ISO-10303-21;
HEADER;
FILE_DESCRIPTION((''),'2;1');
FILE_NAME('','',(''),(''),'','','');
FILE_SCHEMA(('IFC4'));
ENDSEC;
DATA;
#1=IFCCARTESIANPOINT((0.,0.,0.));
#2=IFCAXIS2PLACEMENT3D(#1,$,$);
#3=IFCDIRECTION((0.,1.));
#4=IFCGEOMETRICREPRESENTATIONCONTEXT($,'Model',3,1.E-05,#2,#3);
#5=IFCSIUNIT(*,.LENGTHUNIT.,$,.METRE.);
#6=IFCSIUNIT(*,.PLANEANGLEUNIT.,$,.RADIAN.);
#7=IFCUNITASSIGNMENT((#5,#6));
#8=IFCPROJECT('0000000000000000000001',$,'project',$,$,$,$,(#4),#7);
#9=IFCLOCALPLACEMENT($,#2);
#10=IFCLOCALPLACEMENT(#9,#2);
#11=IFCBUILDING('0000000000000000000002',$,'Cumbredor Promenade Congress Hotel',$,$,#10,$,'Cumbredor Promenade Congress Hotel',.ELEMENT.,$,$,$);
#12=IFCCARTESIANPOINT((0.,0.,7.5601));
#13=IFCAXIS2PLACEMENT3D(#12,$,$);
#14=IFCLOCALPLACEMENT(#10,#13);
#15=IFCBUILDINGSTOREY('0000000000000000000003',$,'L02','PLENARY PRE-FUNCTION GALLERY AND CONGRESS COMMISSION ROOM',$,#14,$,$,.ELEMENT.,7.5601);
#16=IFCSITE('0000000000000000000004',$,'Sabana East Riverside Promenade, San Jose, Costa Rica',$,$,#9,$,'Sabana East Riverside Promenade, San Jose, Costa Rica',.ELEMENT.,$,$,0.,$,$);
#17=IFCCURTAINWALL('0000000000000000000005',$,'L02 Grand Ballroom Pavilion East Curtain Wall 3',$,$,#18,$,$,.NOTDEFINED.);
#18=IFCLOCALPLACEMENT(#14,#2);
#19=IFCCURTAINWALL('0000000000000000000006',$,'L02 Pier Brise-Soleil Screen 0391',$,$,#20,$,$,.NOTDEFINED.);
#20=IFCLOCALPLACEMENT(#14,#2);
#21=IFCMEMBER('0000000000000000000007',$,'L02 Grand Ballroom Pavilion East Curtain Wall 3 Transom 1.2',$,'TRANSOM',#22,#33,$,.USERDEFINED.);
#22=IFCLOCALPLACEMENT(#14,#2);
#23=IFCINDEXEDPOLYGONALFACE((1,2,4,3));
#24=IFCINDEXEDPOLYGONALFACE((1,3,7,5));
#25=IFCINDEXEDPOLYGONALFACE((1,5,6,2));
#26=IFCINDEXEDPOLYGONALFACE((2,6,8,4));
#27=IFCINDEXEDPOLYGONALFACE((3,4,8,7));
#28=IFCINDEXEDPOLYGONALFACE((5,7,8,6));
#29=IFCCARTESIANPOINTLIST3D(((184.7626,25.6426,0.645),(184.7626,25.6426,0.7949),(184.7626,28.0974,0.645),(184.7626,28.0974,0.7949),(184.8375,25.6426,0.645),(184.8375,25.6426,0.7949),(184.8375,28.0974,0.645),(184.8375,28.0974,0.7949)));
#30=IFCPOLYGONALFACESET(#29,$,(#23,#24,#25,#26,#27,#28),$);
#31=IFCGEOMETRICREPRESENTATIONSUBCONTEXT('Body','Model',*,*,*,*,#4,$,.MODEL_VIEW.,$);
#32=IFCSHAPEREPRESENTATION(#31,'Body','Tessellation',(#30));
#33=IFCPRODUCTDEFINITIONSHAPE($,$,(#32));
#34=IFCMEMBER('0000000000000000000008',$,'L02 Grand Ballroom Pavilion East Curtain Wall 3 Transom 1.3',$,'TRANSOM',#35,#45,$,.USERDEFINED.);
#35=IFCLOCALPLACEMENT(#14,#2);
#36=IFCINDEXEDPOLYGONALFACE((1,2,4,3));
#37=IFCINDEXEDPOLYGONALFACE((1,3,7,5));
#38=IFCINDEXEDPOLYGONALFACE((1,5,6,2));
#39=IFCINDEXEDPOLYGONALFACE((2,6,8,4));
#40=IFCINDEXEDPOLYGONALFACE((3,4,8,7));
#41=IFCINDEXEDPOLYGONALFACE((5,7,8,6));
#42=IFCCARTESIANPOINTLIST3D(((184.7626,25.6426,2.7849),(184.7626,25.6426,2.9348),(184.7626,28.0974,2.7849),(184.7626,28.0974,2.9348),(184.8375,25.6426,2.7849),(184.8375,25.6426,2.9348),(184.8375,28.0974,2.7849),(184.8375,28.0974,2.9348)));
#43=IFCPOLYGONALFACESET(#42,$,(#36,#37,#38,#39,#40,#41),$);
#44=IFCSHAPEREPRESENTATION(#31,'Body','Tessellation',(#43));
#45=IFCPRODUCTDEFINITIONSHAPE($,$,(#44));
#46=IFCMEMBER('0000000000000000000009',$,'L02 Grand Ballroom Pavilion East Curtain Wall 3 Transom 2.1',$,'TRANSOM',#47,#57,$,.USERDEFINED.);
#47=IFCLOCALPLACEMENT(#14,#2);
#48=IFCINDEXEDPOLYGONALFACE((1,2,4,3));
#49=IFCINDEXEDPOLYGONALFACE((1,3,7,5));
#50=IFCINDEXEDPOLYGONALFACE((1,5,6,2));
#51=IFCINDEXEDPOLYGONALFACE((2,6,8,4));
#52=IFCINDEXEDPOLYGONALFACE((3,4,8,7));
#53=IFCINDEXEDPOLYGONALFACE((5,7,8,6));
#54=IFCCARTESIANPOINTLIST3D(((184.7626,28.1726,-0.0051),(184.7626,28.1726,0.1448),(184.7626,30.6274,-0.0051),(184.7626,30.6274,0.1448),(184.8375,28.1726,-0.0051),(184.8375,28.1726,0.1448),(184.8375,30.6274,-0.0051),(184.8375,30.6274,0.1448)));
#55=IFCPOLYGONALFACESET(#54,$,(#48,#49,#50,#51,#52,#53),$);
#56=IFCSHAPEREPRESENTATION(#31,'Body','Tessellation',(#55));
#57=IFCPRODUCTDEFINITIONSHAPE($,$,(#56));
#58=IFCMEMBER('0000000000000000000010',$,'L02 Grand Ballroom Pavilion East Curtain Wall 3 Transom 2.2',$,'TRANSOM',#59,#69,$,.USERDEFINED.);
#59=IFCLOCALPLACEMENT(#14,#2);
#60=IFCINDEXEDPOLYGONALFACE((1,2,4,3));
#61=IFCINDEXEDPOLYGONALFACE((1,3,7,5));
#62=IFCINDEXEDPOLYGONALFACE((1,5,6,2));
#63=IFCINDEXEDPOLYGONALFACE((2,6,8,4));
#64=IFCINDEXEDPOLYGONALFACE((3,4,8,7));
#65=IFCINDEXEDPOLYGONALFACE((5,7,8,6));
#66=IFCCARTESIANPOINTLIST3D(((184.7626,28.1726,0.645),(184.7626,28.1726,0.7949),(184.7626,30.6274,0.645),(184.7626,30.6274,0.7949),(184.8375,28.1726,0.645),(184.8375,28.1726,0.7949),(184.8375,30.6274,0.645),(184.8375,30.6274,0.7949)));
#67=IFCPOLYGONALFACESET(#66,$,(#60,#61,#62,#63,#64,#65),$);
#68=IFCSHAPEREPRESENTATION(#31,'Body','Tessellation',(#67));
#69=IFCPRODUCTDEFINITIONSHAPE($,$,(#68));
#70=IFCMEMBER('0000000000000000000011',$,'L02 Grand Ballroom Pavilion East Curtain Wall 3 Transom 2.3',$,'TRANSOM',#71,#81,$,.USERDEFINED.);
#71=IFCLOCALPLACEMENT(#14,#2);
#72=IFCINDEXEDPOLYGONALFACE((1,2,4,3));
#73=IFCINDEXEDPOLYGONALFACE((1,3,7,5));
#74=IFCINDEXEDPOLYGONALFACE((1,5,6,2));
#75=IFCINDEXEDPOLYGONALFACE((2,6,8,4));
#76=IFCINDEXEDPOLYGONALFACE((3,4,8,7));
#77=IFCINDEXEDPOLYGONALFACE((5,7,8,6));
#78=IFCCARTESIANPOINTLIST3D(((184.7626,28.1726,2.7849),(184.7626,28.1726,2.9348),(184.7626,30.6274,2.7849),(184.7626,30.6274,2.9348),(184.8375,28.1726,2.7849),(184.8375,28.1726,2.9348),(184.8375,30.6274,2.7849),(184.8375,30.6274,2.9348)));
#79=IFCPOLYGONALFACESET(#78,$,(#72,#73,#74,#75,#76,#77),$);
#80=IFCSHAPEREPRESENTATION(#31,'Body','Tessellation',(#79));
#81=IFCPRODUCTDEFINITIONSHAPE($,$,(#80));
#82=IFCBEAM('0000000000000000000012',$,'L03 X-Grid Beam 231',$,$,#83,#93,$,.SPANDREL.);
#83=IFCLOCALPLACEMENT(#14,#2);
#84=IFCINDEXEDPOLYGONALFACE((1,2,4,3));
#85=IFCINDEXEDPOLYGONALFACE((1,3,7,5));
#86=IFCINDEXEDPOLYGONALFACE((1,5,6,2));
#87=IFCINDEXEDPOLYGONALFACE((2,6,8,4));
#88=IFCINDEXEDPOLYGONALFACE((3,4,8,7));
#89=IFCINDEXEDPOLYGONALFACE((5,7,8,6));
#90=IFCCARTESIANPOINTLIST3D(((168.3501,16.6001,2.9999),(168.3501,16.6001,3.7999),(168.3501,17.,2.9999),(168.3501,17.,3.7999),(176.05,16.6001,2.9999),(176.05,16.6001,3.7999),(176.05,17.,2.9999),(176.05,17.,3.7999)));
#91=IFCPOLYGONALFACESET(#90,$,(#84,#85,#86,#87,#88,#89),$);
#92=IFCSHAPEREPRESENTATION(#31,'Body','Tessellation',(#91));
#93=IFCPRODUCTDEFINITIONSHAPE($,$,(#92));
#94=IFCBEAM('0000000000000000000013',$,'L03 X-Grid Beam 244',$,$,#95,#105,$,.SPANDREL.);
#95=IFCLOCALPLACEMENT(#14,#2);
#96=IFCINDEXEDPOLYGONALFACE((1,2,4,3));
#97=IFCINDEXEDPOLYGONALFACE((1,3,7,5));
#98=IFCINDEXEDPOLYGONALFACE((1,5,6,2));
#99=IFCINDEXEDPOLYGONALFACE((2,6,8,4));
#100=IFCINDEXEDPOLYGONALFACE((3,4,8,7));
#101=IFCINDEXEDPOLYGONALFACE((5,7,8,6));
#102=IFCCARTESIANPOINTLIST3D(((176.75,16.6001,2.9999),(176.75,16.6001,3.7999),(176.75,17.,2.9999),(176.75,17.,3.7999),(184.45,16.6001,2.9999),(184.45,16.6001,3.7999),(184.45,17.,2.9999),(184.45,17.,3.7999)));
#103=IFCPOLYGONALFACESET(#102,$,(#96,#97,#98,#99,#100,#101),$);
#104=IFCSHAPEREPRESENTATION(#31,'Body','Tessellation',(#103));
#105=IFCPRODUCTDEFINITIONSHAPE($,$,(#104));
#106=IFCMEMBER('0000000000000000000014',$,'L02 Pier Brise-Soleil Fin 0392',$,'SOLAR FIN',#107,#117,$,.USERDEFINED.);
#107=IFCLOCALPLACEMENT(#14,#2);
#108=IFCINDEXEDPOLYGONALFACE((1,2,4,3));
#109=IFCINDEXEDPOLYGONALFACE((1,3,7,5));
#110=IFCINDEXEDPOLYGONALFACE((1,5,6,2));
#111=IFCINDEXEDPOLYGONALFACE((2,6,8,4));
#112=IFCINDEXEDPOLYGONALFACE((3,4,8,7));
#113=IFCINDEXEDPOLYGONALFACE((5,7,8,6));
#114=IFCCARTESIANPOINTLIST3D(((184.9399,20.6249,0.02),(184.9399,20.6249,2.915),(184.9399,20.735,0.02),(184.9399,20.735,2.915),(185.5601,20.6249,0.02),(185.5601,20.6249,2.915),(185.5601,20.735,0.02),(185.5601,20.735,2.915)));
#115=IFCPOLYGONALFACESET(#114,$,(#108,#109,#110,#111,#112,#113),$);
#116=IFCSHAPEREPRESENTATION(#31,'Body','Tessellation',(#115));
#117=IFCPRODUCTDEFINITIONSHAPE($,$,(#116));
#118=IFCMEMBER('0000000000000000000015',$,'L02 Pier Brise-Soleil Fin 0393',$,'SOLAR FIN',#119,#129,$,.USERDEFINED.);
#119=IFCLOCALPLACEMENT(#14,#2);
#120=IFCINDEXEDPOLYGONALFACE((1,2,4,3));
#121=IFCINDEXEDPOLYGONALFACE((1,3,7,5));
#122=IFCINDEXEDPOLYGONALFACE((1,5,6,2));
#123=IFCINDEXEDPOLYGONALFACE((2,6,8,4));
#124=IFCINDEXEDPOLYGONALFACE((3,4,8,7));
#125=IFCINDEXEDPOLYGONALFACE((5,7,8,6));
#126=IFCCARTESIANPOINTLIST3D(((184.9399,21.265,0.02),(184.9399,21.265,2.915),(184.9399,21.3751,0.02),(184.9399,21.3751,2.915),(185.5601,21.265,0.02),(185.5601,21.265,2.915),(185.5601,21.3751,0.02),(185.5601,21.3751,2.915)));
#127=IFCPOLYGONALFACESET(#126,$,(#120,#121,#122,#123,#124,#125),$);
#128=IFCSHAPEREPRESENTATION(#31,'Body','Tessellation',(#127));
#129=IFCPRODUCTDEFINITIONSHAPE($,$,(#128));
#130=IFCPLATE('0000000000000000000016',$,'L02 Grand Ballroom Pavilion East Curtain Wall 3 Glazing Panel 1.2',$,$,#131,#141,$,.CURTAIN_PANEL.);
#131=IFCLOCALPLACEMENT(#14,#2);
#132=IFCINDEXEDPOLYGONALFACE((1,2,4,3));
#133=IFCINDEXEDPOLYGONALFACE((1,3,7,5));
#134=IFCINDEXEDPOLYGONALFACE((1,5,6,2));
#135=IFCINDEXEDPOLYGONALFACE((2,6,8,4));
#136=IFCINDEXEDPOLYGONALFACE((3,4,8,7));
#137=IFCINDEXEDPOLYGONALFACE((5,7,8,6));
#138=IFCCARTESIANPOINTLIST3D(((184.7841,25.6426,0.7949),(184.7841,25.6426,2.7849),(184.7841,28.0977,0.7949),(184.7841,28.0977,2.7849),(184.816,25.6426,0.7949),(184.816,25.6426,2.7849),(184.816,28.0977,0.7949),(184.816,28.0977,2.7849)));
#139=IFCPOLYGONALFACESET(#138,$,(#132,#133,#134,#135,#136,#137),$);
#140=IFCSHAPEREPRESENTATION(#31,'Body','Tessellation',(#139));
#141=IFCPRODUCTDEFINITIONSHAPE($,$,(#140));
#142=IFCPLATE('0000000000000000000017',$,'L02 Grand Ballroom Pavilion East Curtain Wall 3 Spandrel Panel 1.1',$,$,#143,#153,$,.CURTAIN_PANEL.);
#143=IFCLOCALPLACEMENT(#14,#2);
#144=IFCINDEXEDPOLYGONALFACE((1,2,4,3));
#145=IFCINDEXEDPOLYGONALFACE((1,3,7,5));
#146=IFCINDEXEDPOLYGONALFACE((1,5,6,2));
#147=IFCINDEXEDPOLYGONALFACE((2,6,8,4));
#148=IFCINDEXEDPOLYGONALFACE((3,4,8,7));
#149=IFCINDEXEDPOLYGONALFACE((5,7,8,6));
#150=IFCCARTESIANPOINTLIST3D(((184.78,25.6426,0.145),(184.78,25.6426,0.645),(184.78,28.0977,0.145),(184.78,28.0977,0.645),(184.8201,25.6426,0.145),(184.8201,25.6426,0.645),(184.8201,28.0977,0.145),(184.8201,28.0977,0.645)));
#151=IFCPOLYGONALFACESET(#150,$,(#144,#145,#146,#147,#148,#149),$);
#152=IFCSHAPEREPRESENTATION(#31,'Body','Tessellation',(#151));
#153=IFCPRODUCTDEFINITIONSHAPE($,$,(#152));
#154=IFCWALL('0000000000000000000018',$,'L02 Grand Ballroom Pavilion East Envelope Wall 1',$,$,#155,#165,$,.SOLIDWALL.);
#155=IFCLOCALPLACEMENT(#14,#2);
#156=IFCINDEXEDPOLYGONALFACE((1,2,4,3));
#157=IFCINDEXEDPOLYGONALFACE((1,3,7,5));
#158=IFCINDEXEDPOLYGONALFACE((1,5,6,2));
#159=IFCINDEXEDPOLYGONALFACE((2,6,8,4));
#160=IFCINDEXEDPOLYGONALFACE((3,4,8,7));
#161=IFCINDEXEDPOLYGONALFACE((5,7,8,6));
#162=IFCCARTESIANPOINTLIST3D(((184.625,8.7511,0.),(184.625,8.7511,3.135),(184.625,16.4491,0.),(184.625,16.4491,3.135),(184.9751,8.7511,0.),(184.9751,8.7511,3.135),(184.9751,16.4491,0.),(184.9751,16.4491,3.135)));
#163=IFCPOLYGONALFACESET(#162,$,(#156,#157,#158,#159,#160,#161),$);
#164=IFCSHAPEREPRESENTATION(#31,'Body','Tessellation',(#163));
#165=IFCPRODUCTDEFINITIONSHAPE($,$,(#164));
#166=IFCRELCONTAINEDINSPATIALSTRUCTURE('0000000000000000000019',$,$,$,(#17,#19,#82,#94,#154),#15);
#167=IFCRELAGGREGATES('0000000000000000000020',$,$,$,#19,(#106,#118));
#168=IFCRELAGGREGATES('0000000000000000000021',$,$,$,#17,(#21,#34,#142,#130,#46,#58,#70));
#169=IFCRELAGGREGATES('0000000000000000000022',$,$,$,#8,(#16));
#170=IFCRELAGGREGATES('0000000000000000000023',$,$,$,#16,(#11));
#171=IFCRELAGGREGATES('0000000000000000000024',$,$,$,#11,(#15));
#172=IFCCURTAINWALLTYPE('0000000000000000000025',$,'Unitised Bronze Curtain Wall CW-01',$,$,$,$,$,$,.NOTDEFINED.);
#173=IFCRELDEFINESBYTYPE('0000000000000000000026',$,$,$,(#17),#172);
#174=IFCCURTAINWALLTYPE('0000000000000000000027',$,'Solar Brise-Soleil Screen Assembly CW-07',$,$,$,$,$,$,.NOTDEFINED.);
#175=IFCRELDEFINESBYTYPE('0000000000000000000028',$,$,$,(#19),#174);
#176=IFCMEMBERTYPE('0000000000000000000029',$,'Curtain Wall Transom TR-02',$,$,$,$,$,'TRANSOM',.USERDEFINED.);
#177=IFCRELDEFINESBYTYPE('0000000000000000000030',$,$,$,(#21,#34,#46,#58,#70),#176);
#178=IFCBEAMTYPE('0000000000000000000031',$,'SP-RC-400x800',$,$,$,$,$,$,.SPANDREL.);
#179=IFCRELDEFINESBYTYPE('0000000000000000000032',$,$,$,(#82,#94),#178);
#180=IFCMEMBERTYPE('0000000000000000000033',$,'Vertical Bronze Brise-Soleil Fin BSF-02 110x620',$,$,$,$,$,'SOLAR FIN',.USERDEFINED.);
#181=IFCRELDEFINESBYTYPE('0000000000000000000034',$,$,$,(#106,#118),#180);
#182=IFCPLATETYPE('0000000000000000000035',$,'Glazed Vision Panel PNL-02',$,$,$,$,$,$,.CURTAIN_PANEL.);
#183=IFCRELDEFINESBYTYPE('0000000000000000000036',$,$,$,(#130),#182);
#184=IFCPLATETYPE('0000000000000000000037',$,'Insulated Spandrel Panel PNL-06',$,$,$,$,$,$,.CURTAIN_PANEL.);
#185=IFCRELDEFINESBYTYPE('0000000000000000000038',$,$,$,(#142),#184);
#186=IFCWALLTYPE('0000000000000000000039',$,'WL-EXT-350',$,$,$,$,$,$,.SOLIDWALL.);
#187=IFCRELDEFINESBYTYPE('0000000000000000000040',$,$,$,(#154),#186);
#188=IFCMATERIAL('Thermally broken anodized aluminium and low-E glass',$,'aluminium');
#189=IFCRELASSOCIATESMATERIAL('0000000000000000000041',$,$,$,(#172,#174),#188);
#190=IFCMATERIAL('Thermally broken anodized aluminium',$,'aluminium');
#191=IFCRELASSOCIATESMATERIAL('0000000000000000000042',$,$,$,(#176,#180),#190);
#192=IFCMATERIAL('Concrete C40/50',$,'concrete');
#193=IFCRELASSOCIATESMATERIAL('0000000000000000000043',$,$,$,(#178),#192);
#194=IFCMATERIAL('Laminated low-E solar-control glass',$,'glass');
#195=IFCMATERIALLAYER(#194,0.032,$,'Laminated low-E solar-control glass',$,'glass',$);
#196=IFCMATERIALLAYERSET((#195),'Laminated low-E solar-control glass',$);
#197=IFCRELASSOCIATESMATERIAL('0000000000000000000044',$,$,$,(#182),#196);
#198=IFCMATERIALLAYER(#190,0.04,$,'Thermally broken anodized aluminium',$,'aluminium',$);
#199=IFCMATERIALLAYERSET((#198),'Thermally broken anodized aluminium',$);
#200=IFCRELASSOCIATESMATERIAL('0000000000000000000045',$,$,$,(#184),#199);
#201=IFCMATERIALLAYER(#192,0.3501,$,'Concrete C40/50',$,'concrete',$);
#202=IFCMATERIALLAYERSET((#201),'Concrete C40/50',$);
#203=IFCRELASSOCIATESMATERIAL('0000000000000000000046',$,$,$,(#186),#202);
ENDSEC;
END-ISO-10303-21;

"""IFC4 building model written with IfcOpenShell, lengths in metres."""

from ifc_helpers import new_model, si_unit, direction, frame, frame_2d, origin, origin_2d, place, context, subcontext, project, spatial, rectangle, extrude, material, layer, layer_set, material_profile, profile_set, type_object, element, aggregate, save


model = new_model("IFC4")

# Units and contexts
model_context = context("Model", 3, precision=1e-05, world=origin(), true_north=direction((0.0, 1.0)))
body_context = subcontext(model_context, "Body", "Model", "MODEL_VIEW")
ifc_project = project(units=[si_unit("LENGTHUNIT", "METRE"), si_unit("PLANEANGLEUNIT", "RADIAN")], contexts=[model_context])

# Site, building, storey
site_placement = place(None, origin())
site = spatial("IfcSite", under=ifc_project, at=site_placement, Name="Sabana East Riverside Promenade, San Jose, Costa Rica", LongName="Sabana East Riverside Promenade, San Jose, Costa Rica", CompositionType="ELEMENT", RefElevation=0.0)
building_placement = place(site_placement, origin())
building = spatial("IfcBuilding", under=site, at=building_placement, Name="Cumbredor Promenade Congress Hotel", LongName="Cumbredor Promenade Congress Hotel", CompositionType="ELEMENT")
storey_placement = place(building_placement, frame((0.0, 0.0, 7.5601)))
storey = spatial("IfcBuildingStorey", under=building, at=storey_placement, Name="L02", Description="PLENARY PRE-FUNCTION GALLERY AND CONGRESS COMMISSION ROOM", CompositionType="ELEMENT", Elevation=7.5601)

# Shared definitions
ifc_material_1 = material(Name="Concrete C40/50", Category="concrete")

# Curtain wall
ifc_material_2 = material(Name="Thermally broken anodized aluminium and low-E glass", Category="aluminium")
curtain_wall_type_1 = type_object("IfcCurtainWallType", Name="Unitised Bronze Curtain Wall CW-01", PredefinedType="NOTDEFINED", material=ifc_material_2)
curtain_wall_1_placement = place(storey_placement, origin())
curtain_wall_1 = element("IfcCurtainWall", 1, at=curtain_wall_1_placement, inside=storey, type_object=curtain_wall_type_1, Name="L02 Grand Ballroom Pavilion East Curtain Wall 3", PredefinedType="NOTDEFINED")
ifc_material_3 = material(Name="Thermally broken anodized aluminium", Category="aluminium")

# Curtain wall
curtain_wall_type_2 = type_object("IfcCurtainWallType", Name="Solar Brise-Soleil Screen Assembly CW-07", PredefinedType="NOTDEFINED", material=ifc_material_2)
curtain_wall_2_placement = place(storey_placement, origin())
curtain_wall_2 = element("IfcCurtainWall", 2, at=curtain_wall_2_placement, inside=storey, type_object=curtain_wall_type_2, Name="L02 Pier Brise-Soleil Screen 0391", PredefinedType="NOTDEFINED")

# Members
ifc_material_profile_1 = material_profile(ifc_material_3, rectangle(XDim=0.075, YDim=0.1499, at=origin_2d()), Name="ALU TRANSOM 75x150")
ifc_profile_set_1 = profile_set([ifc_material_profile_1], Name="Thermally broken anodized aluminium")
member_type_1 = type_object("IfcMemberType", Name="Curtain Wall Transom TR-02", ElementType="TRANSOM", PredefinedType="USERDEFINED", material=ifc_profile_set_1)
member_1_placement = place(storey_placement, frame((184.8, 25.6426, 0.72), z_axis=(0.0, 1.0, 0.0), x_axis=(-1.0, 0.0, 0.0)))
member_1 = element("IfcMember", 3, at=member_1_placement, type_object=member_type_1, Name="L02 Grand Ballroom Pavilion East Curtain Wall 3 Transom 1.2", ObjectType="TRANSOM", PredefinedType="USERDEFINED", context=body_context, shape_type="SweptSolid", body=[
    extrude(rectangle(XDim=0.075, YDim=0.1499, at=origin_2d()), origin(), (0.0, 0.0, 1.0), 2.4548),
])
member_2_placement = place(storey_placement, frame((184.8, 25.6426, 2.8599), z_axis=(0.0, 1.0, 0.0), x_axis=(-1.0, 0.0, 0.0)))
member_2 = element("IfcMember", 4, at=member_2_placement, type_object=member_type_1, Name="L02 Grand Ballroom Pavilion East Curtain Wall 3 Transom 1.3", ObjectType="TRANSOM", PredefinedType="USERDEFINED", context=body_context, shape_type="SweptSolid", body=[
    extrude(rectangle(XDim=0.075, YDim=0.1499, at=origin_2d()), origin(), (0.0, 0.0, 1.0), 2.4548),
])
member_3_placement = place(storey_placement, frame((184.8, 28.1726, 0.0698), z_axis=(0.0, 1.0, 0.0), x_axis=(-1.0, 0.0, 0.0)))
member_3 = element("IfcMember", 5, at=member_3_placement, type_object=member_type_1, Name="L02 Grand Ballroom Pavilion East Curtain Wall 3 Transom 2.1", ObjectType="TRANSOM", PredefinedType="USERDEFINED", context=body_context, shape_type="SweptSolid", body=[
    extrude(rectangle(XDim=0.075, YDim=0.1499, at=origin_2d()), origin(), (0.0, 0.0, 1.0), 2.4548),
])
member_4_placement = place(storey_placement, frame((184.8, 28.1726, 0.72), z_axis=(0.0, 1.0, 0.0), x_axis=(-1.0, 0.0, 0.0)))
member_4 = element("IfcMember", 6, at=member_4_placement, type_object=member_type_1, Name="L02 Grand Ballroom Pavilion East Curtain Wall 3 Transom 2.2", ObjectType="TRANSOM", PredefinedType="USERDEFINED", context=body_context, shape_type="SweptSolid", body=[
    extrude(rectangle(XDim=0.075, YDim=0.1499, at=origin_2d()), origin(), (0.0, 0.0, 1.0), 2.4548),
])
member_5_placement = place(storey_placement, frame((184.8, 28.1726, 2.8599), z_axis=(0.0, 1.0, 0.0), x_axis=(-1.0, 0.0, 0.0)))
member_5 = element("IfcMember", 7, at=member_5_placement, type_object=member_type_1, Name="L02 Grand Ballroom Pavilion East Curtain Wall 3 Transom 2.3", ObjectType="TRANSOM", PredefinedType="USERDEFINED", context=body_context, shape_type="SweptSolid", body=[
    extrude(rectangle(XDim=0.075, YDim=0.1499, at=origin_2d()), origin(), (0.0, 0.0, 1.0), 2.4548),
])

# Beams
ifc_material_profile_2 = material_profile(ifc_material_1, rectangle(XDim=0.3999, YDim=0.8, at=origin_2d()), Name="RC SPANDREL 400x800")
ifc_profile_set_2 = profile_set([ifc_material_profile_2], Name="Concrete C40/50")
beam_type_1 = type_object("IfcBeamType", Name="SP-RC-400x800", PredefinedType="SPANDREL", material=ifc_profile_set_2)
for number, where, z_axis, x_axis, name in (
    (8, (168.3501, 16.8, 3.3999), (1.0, 0.0, 0.0), (0.0, 1.0, 0.0), "L03 X-Grid Beam 231"),
    (9, (176.75, 16.8, 3.3999), (1.0, 0.0, 0.0), (0.0, 1.0, 0.0), "L03 X-Grid Beam 244"),
):
    element("IfcBeam", number, at=place(storey_placement, frame(where, z_axis=z_axis, x_axis=x_axis)), inside=storey, type_object=beam_type_1, Name=name, PredefinedType="SPANDREL", context=body_context, shape_type="SweptSolid", body=[
        extrude(rectangle(XDim=0.3999, YDim=0.8, at=origin_2d()), origin(), (0.0, 0.0, 1.0), 7.7),
    ])

# Members
ifc_material_profile_3 = material_profile(ifc_material_3, rectangle(XDim=0.1101, YDim=0.6201, at=origin_2d()), Name="ARCH FIN 110x620")
ifc_profile_set_3 = profile_set([ifc_material_profile_3], Name="Thermally broken anodized aluminium")
member_type_2 = type_object("IfcMemberType", Name="Vertical Bronze Brise-Soleil Fin BSF-02 110x620", ElementType="SOLAR FIN", PredefinedType="USERDEFINED", material=ifc_profile_set_3)
member_6_placement = place(storey_placement, frame((185.25, 20.6799, 0.02), z_axis=(0.0, 0.0, 1.0), x_axis=(0.0, 1.0, 0.0)))
member_6 = element("IfcMember", 10, at=member_6_placement, type_object=member_type_2, Name="L02 Pier Brise-Soleil Fin 0392", ObjectType="SOLAR FIN", PredefinedType="USERDEFINED", context=body_context, shape_type="SweptSolid", body=[
    extrude(rectangle(XDim=0.1101, YDim=0.6201, at=origin_2d()), origin(), (0.0, 0.0, 1.0), 2.895),
])
member_7_placement = place(storey_placement, frame((185.25, 21.3201, 0.02), z_axis=(0.0, 0.0, 1.0), x_axis=(0.0, 1.0, 0.0)))
member_7 = element("IfcMember", 11, at=member_7_placement, type_object=member_type_2, Name="L02 Pier Brise-Soleil Fin 0393", ObjectType="SOLAR FIN", PredefinedType="USERDEFINED", context=body_context, shape_type="SweptSolid", body=[
    extrude(rectangle(XDim=0.1101, YDim=0.6201, at=origin_2d()), origin(), (0.0, 0.0, 1.0), 2.895),
])
aggregate(curtain_wall_2, [member_6, member_7])

# Plates
ifc_material_4 = material(Name="Laminated low-E solar-control glass", Category="glass")
ifc_layer_1 = layer(ifc_material_4, 0.032, Name="Laminated low-E solar-control glass", Category="glass")
ifc_layer_set_1 = layer_set([ifc_layer_1], Name="Laminated low-E solar-control glass")
plate_type_1 = type_object("IfcPlateType", Name="Glazed Vision Panel PNL-02", PredefinedType="CURTAIN_PANEL", material=ifc_layer_set_1)
plate_1_placement = place(storey_placement, frame((184.8, 26.8701, 0.7949), z_axis=(0.0, 0.0, 1.0), x_axis=(0.0, 1.0, 0.0)))
plate_1 = element("IfcPlate", 12, at=plate_1_placement, type_object=plate_type_1, Name="L02 Grand Ballroom Pavilion East Curtain Wall 3 Glazing Panel 1.2", PredefinedType="CURTAIN_PANEL", context=body_context, shape_type="SweptSolid", body=[
    extrude(rectangle(XDim=2.4551, YDim=0.032, at=origin_2d()), origin(), (0.0, 0.0, 1.0), 1.99),
])
ifc_layer_2 = layer(ifc_material_3, 0.04, Name="Thermally broken anodized aluminium", Category="aluminium")
ifc_layer_set_2 = layer_set([ifc_layer_2], Name="Thermally broken anodized aluminium")
plate_type_2 = type_object("IfcPlateType", Name="Insulated Spandrel Panel PNL-06", PredefinedType="CURTAIN_PANEL", material=ifc_layer_set_2)
plate_2_placement = place(storey_placement, frame((184.8, 26.8701, 0.145), z_axis=(0.0, 0.0, 1.0), x_axis=(0.0, 1.0, 0.0)))
plate_2 = element("IfcPlate", 13, at=plate_2_placement, type_object=plate_type_2, Name="L02 Grand Ballroom Pavilion East Curtain Wall 3 Spandrel Panel 1.1", PredefinedType="CURTAIN_PANEL", context=body_context, shape_type="SweptSolid", body=[
    extrude(rectangle(XDim=2.4551, YDim=0.04, at=origin_2d()), origin(), (0.0, 0.0, 1.0), 0.5),
])
aggregate(curtain_wall_1, [member_1, member_2, plate_2, plate_1, member_3, member_4, member_5])

# Wall
ifc_layer_3 = layer(ifc_material_1, 0.3501, Name="Concrete C40/50", Category="concrete")
ifc_layer_set_3 = layer_set([ifc_layer_3], Name="Concrete C40/50")
wall_type_1 = type_object("IfcWallType", Name="WL-EXT-350", PredefinedType="SOLIDWALL", material=ifc_layer_set_3)
wall_1_placement = place(storey_placement, frame((184.8, 8.751, 0.0), z_axis=(0.0, 0.0, 1.0), x_axis=(0.0, 1.0, 0.0)))
element("IfcWall", 14, at=wall_1_placement, inside=storey, type_object=wall_type_1, Name="L02 Grand Ballroom Pavilion East Envelope Wall 1", PredefinedType="SOLIDWALL", context=body_context, shape_type="SweptSolid", body=[
    extrude(rectangle(XDim=7.698, YDim=0.3501, at=frame_2d((3.8491, 0.0))), origin(), (0.0, 0.0, 1.0), 3.135),
])

save(model, "model.ifc")
